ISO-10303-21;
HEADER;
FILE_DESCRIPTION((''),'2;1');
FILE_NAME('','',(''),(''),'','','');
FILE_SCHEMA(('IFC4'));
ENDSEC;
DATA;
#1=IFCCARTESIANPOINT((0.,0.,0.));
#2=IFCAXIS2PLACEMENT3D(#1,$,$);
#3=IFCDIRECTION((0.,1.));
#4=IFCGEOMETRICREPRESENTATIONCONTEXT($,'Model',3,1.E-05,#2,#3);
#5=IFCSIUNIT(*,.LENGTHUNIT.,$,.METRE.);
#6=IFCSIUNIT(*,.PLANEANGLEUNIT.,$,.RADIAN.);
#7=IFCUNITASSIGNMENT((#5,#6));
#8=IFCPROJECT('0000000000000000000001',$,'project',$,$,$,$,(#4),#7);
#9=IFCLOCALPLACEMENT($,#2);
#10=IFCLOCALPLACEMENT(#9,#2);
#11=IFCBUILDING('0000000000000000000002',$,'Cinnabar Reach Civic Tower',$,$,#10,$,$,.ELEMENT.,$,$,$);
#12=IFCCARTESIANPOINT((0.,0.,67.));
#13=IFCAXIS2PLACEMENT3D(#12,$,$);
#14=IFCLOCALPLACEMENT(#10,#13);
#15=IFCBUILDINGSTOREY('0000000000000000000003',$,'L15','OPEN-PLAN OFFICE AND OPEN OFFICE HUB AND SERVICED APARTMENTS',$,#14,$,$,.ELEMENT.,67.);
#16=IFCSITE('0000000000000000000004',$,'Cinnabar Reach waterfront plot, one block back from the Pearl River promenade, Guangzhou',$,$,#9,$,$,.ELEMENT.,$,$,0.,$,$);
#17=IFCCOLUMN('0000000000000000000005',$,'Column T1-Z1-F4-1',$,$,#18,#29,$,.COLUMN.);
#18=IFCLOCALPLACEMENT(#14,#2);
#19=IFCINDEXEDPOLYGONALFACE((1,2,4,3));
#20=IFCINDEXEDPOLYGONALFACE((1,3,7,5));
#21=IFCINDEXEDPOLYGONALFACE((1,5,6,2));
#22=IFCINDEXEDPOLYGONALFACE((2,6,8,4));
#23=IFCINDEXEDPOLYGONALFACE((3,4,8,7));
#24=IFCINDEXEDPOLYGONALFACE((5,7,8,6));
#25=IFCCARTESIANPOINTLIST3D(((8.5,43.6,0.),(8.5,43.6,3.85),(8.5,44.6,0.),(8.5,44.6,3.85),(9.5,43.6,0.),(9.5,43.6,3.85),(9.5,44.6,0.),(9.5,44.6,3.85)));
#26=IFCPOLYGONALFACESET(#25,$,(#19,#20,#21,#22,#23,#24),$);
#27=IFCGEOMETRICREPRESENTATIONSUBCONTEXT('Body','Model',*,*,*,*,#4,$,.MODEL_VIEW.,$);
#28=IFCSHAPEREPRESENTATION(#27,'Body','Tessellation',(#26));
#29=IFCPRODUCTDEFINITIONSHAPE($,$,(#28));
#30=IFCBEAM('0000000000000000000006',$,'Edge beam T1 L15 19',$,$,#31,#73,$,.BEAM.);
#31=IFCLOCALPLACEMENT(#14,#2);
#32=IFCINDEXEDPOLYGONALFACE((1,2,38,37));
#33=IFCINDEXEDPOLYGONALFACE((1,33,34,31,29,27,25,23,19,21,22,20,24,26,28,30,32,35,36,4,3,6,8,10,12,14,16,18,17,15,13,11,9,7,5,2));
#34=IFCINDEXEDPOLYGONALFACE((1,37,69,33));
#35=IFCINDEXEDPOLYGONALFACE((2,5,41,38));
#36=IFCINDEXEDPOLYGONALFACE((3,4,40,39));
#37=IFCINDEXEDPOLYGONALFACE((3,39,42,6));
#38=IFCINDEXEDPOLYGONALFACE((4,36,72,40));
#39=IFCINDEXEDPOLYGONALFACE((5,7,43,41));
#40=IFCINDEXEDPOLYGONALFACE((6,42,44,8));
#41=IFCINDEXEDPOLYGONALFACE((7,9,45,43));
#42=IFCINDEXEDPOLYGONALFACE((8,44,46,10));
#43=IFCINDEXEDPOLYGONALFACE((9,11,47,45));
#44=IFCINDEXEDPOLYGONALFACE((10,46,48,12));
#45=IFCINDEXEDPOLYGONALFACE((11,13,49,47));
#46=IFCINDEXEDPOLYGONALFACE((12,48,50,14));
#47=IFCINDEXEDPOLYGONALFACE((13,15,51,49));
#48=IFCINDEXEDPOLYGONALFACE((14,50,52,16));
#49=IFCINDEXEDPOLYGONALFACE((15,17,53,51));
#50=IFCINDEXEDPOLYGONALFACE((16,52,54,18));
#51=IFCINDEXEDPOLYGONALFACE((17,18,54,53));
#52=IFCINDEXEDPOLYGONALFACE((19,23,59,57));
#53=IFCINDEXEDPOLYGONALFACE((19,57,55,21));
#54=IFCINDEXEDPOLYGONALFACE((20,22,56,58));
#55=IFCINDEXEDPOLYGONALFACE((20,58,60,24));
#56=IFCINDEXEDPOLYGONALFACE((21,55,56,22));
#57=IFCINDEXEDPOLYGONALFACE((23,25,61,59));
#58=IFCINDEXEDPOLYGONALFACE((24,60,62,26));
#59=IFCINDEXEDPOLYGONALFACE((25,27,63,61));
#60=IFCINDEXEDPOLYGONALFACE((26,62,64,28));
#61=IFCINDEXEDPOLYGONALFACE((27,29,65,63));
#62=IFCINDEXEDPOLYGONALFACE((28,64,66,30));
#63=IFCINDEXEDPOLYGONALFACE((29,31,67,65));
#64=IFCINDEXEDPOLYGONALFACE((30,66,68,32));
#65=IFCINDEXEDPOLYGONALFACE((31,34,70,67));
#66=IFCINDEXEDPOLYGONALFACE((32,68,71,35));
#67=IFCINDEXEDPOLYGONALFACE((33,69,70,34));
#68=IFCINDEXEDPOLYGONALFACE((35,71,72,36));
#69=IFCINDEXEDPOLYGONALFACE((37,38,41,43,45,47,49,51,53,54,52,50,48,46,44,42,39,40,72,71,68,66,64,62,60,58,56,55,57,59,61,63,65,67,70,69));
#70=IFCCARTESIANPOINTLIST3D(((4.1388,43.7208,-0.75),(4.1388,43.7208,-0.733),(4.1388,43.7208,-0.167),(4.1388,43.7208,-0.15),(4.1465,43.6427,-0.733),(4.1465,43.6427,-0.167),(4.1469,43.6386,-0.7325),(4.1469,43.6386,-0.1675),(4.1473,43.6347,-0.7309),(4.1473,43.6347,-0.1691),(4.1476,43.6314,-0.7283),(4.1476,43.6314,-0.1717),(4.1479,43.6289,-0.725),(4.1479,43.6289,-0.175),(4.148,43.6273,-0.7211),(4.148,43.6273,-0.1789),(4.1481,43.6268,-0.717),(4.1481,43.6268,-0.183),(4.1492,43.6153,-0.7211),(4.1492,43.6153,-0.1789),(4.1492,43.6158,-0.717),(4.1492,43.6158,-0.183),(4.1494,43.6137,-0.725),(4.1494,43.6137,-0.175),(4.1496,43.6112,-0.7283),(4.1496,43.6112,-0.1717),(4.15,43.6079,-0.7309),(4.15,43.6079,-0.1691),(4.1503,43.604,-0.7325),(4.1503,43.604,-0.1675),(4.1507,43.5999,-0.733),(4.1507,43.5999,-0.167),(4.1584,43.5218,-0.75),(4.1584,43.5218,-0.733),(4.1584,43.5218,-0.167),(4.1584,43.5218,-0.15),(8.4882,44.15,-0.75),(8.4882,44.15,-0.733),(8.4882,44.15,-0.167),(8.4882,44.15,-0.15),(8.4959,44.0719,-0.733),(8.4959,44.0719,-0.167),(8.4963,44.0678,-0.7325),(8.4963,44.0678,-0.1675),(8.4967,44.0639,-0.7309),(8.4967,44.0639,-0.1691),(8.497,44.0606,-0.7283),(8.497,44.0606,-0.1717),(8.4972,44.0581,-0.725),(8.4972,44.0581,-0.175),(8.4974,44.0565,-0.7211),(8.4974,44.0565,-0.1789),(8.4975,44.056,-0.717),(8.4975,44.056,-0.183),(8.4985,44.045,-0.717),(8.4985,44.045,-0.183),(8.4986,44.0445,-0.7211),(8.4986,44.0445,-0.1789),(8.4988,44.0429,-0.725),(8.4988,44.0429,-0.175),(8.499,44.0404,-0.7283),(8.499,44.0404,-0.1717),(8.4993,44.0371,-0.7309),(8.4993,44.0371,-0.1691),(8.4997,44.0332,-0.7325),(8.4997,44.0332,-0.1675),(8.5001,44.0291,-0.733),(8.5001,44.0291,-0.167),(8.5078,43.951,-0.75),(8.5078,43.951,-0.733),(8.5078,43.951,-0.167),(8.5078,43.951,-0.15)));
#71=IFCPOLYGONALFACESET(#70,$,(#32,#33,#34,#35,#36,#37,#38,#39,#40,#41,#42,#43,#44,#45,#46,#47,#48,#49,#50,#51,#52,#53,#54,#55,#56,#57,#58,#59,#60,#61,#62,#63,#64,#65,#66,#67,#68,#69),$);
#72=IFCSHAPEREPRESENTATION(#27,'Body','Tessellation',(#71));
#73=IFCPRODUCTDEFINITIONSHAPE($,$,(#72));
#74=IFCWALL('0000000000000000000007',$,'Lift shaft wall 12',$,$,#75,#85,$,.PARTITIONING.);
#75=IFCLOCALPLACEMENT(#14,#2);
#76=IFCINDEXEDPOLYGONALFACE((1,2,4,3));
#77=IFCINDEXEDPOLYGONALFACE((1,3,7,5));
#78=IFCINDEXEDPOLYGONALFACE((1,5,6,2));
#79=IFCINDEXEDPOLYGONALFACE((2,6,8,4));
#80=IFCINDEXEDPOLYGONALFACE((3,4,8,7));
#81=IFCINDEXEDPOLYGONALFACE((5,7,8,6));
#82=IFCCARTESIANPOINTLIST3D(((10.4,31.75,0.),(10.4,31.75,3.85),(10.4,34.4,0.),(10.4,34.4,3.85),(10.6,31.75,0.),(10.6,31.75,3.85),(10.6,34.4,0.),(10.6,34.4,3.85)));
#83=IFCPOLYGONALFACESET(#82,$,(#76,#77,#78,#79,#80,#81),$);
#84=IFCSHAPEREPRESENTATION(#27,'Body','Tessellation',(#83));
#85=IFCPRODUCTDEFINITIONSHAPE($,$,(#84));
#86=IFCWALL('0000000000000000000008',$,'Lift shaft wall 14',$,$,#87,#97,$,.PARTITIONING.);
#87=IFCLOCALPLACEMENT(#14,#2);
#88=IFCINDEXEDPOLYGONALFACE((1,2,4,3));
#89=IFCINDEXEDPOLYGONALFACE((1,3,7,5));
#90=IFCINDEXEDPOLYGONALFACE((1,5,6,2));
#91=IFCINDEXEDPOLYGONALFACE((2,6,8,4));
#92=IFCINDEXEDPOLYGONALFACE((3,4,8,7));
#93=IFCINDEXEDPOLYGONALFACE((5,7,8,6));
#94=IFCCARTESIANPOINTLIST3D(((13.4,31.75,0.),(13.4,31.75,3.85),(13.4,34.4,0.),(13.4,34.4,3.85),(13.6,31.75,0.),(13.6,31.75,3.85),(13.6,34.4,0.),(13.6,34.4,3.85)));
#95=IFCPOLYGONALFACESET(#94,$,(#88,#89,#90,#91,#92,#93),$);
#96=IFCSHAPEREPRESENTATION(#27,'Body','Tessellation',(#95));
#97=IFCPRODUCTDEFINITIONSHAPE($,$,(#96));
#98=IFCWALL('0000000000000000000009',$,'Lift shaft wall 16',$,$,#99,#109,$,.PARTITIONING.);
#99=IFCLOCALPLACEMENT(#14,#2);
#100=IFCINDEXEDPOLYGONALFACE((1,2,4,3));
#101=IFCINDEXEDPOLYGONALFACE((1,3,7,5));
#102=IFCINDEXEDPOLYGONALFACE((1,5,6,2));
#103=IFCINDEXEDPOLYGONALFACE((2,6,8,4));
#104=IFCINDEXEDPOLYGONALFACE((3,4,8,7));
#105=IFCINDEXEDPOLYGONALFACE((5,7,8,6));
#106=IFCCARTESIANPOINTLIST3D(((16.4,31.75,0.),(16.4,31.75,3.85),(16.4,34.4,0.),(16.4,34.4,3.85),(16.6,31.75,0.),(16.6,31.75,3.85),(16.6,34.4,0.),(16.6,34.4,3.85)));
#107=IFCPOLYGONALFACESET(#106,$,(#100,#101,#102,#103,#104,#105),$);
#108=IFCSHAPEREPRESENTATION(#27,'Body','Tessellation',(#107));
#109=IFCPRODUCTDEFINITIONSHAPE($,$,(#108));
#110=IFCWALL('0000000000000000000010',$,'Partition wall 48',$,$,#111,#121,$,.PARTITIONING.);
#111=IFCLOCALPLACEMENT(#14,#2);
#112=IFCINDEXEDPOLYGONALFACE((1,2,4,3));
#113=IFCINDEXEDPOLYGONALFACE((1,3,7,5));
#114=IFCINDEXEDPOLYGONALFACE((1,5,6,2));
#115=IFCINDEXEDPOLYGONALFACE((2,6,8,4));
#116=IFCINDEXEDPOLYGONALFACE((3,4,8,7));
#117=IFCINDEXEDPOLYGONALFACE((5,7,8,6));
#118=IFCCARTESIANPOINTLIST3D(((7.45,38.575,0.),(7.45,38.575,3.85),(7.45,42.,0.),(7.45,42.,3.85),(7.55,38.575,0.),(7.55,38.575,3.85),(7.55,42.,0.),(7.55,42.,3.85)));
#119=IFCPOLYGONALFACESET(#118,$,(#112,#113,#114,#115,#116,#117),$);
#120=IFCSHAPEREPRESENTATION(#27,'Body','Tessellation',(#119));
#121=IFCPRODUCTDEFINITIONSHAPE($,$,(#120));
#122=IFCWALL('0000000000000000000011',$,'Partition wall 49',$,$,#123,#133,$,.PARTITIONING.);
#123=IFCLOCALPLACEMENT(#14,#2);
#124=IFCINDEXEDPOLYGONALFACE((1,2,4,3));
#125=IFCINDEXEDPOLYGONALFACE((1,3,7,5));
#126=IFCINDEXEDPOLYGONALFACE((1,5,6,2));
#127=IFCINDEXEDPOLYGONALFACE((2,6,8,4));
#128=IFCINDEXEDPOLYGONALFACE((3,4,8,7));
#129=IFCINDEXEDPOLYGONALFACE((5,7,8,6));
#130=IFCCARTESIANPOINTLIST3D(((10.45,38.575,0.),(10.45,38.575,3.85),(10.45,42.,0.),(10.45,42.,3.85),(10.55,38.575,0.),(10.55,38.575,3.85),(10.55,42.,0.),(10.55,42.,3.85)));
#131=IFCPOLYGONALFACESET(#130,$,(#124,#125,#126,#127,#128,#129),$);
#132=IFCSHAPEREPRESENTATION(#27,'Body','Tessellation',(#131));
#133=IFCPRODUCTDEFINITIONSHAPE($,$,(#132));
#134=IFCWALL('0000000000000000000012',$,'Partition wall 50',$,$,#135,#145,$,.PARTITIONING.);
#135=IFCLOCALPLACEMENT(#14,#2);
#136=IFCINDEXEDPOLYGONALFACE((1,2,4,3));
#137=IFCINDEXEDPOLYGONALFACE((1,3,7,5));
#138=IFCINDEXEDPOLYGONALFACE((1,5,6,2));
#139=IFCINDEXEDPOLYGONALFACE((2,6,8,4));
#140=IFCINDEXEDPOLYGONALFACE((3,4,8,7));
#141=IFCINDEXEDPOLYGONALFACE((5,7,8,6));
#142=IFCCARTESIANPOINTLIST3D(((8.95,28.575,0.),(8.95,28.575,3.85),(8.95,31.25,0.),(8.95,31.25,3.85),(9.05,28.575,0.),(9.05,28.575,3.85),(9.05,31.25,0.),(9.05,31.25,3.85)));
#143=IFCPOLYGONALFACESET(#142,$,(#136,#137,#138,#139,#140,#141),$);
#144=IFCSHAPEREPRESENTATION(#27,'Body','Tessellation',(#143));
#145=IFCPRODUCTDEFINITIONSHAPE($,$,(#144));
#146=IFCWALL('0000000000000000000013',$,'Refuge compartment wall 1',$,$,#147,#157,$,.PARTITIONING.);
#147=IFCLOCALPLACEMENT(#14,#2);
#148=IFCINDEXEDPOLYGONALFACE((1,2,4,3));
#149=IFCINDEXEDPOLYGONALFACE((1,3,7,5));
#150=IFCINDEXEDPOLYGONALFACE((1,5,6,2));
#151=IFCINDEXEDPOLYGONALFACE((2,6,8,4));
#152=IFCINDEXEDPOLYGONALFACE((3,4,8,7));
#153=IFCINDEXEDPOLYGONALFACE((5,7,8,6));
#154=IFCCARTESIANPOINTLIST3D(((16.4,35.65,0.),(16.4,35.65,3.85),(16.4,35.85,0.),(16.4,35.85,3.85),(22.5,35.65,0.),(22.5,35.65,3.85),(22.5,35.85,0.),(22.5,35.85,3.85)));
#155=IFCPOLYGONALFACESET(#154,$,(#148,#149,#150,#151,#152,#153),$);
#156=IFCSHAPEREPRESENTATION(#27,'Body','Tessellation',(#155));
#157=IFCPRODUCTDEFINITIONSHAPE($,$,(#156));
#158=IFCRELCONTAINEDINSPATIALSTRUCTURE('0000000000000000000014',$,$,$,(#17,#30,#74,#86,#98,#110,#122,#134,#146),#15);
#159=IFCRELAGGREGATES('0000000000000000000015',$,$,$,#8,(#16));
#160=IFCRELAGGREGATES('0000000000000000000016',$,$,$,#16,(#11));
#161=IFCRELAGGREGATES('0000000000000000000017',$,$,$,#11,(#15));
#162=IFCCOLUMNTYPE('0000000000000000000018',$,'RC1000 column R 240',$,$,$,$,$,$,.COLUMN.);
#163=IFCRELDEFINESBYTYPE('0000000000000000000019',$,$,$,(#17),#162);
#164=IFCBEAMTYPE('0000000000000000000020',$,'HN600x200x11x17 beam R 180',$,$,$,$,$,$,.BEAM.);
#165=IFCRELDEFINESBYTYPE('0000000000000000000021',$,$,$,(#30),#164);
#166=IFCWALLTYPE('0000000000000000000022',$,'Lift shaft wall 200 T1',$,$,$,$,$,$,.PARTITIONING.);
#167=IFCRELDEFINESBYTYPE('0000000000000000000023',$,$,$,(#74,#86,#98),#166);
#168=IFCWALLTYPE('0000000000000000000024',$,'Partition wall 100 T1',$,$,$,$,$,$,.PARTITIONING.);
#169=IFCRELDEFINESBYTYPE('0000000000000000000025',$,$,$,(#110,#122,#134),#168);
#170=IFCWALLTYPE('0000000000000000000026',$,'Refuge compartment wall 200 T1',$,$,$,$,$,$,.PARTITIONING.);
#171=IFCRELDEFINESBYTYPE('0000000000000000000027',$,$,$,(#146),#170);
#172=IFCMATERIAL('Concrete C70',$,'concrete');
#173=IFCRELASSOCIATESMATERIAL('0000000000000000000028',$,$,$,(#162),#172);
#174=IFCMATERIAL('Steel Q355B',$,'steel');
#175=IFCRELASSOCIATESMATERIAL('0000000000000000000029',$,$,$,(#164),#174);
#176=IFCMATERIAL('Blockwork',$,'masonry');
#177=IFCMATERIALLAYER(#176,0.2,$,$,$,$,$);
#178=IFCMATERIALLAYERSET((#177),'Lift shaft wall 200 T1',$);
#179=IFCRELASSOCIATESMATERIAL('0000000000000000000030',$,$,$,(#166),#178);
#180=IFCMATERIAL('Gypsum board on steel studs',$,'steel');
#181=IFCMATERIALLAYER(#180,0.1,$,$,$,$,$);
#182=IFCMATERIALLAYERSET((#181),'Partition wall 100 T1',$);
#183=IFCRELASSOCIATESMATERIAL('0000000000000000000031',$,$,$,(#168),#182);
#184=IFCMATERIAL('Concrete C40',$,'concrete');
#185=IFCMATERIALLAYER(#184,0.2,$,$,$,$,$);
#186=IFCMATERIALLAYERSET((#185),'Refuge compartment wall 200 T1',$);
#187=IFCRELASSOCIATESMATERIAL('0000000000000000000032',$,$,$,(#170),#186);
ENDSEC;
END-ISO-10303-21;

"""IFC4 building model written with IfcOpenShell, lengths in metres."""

from ifc_helpers import new_model, si_unit, direction, frame, frame_2d, origin, origin_2d, place, context, subcontext, project, spatial, rectangle, i_section, extrude, material, layer, layer_set, material_profile, profile_set, type_object, element, save


model = new_model("IFC4")

# Units and contexts
model_context = context("Model", 3, precision=1e-05, world=origin(), true_north=direction((0.0, 1.0)))
body_context = subcontext(model_context, "Body", "Model", "MODEL_VIEW")
ifc_project = project(units=[si_unit("LENGTHUNIT", "METRE"), si_unit("PLANEANGLEUNIT", "RADIAN")], contexts=[model_context])

# Site, building, storey
site_placement = place(None, origin())
site = spatial("IfcSite", under=ifc_project, at=site_placement, Name="Cinnabar Reach waterfront plot, one block back from the Pearl River promenade, Guangzhou", CompositionType="ELEMENT", RefElevation=0.0)
building_placement = place(site_placement, origin())
building = spatial("IfcBuilding", under=site, at=building_placement, Name="Cinnabar Reach Civic Tower", CompositionType="ELEMENT")
storey_placement = place(building_placement, frame((0.0, 0.0, 67.0)))
storey = spatial("IfcBuildingStorey", under=building, at=storey_placement, Name="L15", Description="OPEN-PLAN OFFICE AND OPEN OFFICE HUB AND SERVICED APARTMENTS", CompositionType="ELEMENT", Elevation=67.0)

# Column
ifc_material_1 = material(Name="Concrete C70", Category="concrete")
ifc_material_profile_1 = material_profile(ifc_material_1, rectangle(XDim=1.0, YDim=1.0, at=origin_2d()), Name="RC1000")
ifc_profile_set_1 = profile_set([ifc_material_profile_1], Name="Concrete C70")
column_type = type_object("IfcColumnType", Name="RC1000 column R 240", PredefinedType="COLUMN", material=ifc_profile_set_1)
column_placement = place(storey_placement, frame((9.0, 44.1, 0.0), z_axis=(0.0, 0.0, 1.0), x_axis=(1.0, 0.0, 0.0)))
element("IfcColumn", 1, at=column_placement, inside=storey, type_object=column_type, Name="Column T1-Z1-F4-1", PredefinedType="COLUMN", context=body_context, shape_type="SweptSolid", body=[
    extrude(rectangle(XDim=1.0, YDim=1.0, at=origin_2d()), origin(), (0.0, 0.0, 1.0), 3.85),
])

# Beam
ifc_material_2 = material(Name="Steel Q355B", Category="steel")
ifc_material_profile_2 = material_profile(ifc_material_2, i_section(OverallWidth=0.2, OverallDepth=0.6, WebThickness=0.011, FlangeThickness=0.017, FilletRadius=0.016, at=origin_2d()), Name="HN600x200x11x17")
ifc_profile_set_2 = profile_set([ifc_material_profile_2], Name="Steel Q355B")
beam_type = type_object("IfcBeamType", Name="HN600x200x11x17 beam R 180", PredefinedType="BEAM", material=ifc_profile_set_2)
beam_placement = place(storey_placement, frame((8.498, 44.0505, -0.45), z_axis=(-0.995166, -0.098203, 0.0), x_axis=(0.098203, -0.995166, 0.0)))
element("IfcBeam", 2, at=beam_placement, inside=storey, type_object=beam_type, Name="Edge beam T1 L15 19", PredefinedType="BEAM", context=body_context, shape_type="SweptSolid", body=[
    extrude(i_section(OverallWidth=0.2, OverallDepth=0.6, WebThickness=0.011, FlangeThickness=0.017, FilletRadius=0.016, at=origin_2d()), origin(), (0.0, 0.0, 1.0), 4.3705),
])

# Walls
ifc_material_3 = material(Name="Blockwork", Category="masonry")
ifc_layer_1 = layer(ifc_material_3, 0.2)
ifc_layer_set_1 = layer_set([ifc_layer_1], Name="Lift shaft wall 200 T1")
wall_type_1 = type_object("IfcWallType", Name="Lift shaft wall 200 T1", PredefinedType="PARTITIONING", material=ifc_layer_set_1)
for number, where, z_axis, x_axis, name in (
    (3, (10.5, 31.75, 0.0), (0.0, 0.0, 1.0), (0.0, 1.0, 0.0), "Lift shaft wall 12"),
    (4, (13.5, 31.75, 0.0), (0.0, 0.0, 1.0), (0.0, 1.0, 0.0), "Lift shaft wall 14"),
    (5, (16.5, 31.75, 0.0), (0.0, 0.0, 1.0), (0.0, 1.0, 0.0), "Lift shaft wall 16"),
):
    element("IfcWall", number, at=place(storey_placement, frame(where, z_axis=z_axis, x_axis=x_axis)), inside=storey, type_object=wall_type_1, Name=name, PredefinedType="PARTITIONING", context=body_context, shape_type="SweptSolid", body=[
        extrude(rectangle(XDim=2.65, YDim=0.2, at=frame_2d((1.325, 0.0))), origin(), (0.0, 0.0, 1.0), 3.85),
    ])
ifc_material_4 = material(Name="Gypsum board on steel studs", Category="steel")
ifc_layer_2 = layer(ifc_material_4, 0.1)
ifc_layer_set_2 = layer_set([ifc_layer_2], Name="Partition wall 100 T1")
wall_type_2 = type_object("IfcWallType", Name="Partition wall 100 T1", PredefinedType="PARTITIONING", material=ifc_layer_set_2)
for number, where, z_axis, x_axis, name in (
    (6, (7.5, 38.575, 0.0), (0.0, 0.0, 1.0), (0.0, 1.0, 0.0), "Partition wall 48"),
    (7, (10.5, 38.575, 0.0), (0.0, 0.0, 1.0), (0.0, 1.0, 0.0), "Partition wall 49"),
):
    element("IfcWall", number, at=place(storey_placement, frame(where, z_axis=z_axis, x_axis=x_axis)), inside=storey, type_object=wall_type_2, Name=name, PredefinedType="PARTITIONING", context=body_context, shape_type="SweptSolid", body=[
        extrude(rectangle(XDim=3.425, YDim=0.1, at=frame_2d((1.7125, 0.0))), origin(), (0.0, 0.0, 1.0), 3.85),
    ])
wall_1_placement = place(storey_placement, frame((9.0, 28.575, 0.0), z_axis=(0.0, 0.0, 1.0), x_axis=(0.0, 1.0, 0.0)))
element("IfcWall", 8, at=wall_1_placement, inside=storey, type_object=wall_type_2, Name="Partition wall 50", PredefinedType="PARTITIONING", context=body_context, shape_type="SweptSolid", body=[
    extrude(rectangle(XDim=2.675, YDim=0.1, at=frame_2d((1.3375, 0.0))), origin(), (0.0, 0.0, 1.0), 3.85),
])
ifc_material_5 = material(Name="Concrete C40", Category="concrete")
ifc_layer_3 = layer(ifc_material_5, 0.2)
ifc_layer_set_3 = layer_set([ifc_layer_3], Name="Refuge compartment wall 200 T1")
wall_type_3 = type_object("IfcWallType", Name="Refuge compartment wall 200 T1", PredefinedType="PARTITIONING", material=ifc_layer_set_3)
wall_2_placement = place(storey_placement, frame((16.4, 35.75, 0.0), z_axis=(0.0, 0.0, 1.0), x_axis=(1.0, 0.0, 0.0)))
element("IfcWall", 9, at=wall_2_placement, inside=storey, type_object=wall_type_3, Name="Refuge compartment wall 1", PredefinedType="PARTITIONING", context=body_context, shape_type="SweptSolid", body=[
    extrude(rectangle(XDim=6.1, YDim=0.2, at=frame_2d((3.05, 0.0))), origin(), (0.0, 0.0, 1.0), 3.85),
])

save(model, "model.ifc")
